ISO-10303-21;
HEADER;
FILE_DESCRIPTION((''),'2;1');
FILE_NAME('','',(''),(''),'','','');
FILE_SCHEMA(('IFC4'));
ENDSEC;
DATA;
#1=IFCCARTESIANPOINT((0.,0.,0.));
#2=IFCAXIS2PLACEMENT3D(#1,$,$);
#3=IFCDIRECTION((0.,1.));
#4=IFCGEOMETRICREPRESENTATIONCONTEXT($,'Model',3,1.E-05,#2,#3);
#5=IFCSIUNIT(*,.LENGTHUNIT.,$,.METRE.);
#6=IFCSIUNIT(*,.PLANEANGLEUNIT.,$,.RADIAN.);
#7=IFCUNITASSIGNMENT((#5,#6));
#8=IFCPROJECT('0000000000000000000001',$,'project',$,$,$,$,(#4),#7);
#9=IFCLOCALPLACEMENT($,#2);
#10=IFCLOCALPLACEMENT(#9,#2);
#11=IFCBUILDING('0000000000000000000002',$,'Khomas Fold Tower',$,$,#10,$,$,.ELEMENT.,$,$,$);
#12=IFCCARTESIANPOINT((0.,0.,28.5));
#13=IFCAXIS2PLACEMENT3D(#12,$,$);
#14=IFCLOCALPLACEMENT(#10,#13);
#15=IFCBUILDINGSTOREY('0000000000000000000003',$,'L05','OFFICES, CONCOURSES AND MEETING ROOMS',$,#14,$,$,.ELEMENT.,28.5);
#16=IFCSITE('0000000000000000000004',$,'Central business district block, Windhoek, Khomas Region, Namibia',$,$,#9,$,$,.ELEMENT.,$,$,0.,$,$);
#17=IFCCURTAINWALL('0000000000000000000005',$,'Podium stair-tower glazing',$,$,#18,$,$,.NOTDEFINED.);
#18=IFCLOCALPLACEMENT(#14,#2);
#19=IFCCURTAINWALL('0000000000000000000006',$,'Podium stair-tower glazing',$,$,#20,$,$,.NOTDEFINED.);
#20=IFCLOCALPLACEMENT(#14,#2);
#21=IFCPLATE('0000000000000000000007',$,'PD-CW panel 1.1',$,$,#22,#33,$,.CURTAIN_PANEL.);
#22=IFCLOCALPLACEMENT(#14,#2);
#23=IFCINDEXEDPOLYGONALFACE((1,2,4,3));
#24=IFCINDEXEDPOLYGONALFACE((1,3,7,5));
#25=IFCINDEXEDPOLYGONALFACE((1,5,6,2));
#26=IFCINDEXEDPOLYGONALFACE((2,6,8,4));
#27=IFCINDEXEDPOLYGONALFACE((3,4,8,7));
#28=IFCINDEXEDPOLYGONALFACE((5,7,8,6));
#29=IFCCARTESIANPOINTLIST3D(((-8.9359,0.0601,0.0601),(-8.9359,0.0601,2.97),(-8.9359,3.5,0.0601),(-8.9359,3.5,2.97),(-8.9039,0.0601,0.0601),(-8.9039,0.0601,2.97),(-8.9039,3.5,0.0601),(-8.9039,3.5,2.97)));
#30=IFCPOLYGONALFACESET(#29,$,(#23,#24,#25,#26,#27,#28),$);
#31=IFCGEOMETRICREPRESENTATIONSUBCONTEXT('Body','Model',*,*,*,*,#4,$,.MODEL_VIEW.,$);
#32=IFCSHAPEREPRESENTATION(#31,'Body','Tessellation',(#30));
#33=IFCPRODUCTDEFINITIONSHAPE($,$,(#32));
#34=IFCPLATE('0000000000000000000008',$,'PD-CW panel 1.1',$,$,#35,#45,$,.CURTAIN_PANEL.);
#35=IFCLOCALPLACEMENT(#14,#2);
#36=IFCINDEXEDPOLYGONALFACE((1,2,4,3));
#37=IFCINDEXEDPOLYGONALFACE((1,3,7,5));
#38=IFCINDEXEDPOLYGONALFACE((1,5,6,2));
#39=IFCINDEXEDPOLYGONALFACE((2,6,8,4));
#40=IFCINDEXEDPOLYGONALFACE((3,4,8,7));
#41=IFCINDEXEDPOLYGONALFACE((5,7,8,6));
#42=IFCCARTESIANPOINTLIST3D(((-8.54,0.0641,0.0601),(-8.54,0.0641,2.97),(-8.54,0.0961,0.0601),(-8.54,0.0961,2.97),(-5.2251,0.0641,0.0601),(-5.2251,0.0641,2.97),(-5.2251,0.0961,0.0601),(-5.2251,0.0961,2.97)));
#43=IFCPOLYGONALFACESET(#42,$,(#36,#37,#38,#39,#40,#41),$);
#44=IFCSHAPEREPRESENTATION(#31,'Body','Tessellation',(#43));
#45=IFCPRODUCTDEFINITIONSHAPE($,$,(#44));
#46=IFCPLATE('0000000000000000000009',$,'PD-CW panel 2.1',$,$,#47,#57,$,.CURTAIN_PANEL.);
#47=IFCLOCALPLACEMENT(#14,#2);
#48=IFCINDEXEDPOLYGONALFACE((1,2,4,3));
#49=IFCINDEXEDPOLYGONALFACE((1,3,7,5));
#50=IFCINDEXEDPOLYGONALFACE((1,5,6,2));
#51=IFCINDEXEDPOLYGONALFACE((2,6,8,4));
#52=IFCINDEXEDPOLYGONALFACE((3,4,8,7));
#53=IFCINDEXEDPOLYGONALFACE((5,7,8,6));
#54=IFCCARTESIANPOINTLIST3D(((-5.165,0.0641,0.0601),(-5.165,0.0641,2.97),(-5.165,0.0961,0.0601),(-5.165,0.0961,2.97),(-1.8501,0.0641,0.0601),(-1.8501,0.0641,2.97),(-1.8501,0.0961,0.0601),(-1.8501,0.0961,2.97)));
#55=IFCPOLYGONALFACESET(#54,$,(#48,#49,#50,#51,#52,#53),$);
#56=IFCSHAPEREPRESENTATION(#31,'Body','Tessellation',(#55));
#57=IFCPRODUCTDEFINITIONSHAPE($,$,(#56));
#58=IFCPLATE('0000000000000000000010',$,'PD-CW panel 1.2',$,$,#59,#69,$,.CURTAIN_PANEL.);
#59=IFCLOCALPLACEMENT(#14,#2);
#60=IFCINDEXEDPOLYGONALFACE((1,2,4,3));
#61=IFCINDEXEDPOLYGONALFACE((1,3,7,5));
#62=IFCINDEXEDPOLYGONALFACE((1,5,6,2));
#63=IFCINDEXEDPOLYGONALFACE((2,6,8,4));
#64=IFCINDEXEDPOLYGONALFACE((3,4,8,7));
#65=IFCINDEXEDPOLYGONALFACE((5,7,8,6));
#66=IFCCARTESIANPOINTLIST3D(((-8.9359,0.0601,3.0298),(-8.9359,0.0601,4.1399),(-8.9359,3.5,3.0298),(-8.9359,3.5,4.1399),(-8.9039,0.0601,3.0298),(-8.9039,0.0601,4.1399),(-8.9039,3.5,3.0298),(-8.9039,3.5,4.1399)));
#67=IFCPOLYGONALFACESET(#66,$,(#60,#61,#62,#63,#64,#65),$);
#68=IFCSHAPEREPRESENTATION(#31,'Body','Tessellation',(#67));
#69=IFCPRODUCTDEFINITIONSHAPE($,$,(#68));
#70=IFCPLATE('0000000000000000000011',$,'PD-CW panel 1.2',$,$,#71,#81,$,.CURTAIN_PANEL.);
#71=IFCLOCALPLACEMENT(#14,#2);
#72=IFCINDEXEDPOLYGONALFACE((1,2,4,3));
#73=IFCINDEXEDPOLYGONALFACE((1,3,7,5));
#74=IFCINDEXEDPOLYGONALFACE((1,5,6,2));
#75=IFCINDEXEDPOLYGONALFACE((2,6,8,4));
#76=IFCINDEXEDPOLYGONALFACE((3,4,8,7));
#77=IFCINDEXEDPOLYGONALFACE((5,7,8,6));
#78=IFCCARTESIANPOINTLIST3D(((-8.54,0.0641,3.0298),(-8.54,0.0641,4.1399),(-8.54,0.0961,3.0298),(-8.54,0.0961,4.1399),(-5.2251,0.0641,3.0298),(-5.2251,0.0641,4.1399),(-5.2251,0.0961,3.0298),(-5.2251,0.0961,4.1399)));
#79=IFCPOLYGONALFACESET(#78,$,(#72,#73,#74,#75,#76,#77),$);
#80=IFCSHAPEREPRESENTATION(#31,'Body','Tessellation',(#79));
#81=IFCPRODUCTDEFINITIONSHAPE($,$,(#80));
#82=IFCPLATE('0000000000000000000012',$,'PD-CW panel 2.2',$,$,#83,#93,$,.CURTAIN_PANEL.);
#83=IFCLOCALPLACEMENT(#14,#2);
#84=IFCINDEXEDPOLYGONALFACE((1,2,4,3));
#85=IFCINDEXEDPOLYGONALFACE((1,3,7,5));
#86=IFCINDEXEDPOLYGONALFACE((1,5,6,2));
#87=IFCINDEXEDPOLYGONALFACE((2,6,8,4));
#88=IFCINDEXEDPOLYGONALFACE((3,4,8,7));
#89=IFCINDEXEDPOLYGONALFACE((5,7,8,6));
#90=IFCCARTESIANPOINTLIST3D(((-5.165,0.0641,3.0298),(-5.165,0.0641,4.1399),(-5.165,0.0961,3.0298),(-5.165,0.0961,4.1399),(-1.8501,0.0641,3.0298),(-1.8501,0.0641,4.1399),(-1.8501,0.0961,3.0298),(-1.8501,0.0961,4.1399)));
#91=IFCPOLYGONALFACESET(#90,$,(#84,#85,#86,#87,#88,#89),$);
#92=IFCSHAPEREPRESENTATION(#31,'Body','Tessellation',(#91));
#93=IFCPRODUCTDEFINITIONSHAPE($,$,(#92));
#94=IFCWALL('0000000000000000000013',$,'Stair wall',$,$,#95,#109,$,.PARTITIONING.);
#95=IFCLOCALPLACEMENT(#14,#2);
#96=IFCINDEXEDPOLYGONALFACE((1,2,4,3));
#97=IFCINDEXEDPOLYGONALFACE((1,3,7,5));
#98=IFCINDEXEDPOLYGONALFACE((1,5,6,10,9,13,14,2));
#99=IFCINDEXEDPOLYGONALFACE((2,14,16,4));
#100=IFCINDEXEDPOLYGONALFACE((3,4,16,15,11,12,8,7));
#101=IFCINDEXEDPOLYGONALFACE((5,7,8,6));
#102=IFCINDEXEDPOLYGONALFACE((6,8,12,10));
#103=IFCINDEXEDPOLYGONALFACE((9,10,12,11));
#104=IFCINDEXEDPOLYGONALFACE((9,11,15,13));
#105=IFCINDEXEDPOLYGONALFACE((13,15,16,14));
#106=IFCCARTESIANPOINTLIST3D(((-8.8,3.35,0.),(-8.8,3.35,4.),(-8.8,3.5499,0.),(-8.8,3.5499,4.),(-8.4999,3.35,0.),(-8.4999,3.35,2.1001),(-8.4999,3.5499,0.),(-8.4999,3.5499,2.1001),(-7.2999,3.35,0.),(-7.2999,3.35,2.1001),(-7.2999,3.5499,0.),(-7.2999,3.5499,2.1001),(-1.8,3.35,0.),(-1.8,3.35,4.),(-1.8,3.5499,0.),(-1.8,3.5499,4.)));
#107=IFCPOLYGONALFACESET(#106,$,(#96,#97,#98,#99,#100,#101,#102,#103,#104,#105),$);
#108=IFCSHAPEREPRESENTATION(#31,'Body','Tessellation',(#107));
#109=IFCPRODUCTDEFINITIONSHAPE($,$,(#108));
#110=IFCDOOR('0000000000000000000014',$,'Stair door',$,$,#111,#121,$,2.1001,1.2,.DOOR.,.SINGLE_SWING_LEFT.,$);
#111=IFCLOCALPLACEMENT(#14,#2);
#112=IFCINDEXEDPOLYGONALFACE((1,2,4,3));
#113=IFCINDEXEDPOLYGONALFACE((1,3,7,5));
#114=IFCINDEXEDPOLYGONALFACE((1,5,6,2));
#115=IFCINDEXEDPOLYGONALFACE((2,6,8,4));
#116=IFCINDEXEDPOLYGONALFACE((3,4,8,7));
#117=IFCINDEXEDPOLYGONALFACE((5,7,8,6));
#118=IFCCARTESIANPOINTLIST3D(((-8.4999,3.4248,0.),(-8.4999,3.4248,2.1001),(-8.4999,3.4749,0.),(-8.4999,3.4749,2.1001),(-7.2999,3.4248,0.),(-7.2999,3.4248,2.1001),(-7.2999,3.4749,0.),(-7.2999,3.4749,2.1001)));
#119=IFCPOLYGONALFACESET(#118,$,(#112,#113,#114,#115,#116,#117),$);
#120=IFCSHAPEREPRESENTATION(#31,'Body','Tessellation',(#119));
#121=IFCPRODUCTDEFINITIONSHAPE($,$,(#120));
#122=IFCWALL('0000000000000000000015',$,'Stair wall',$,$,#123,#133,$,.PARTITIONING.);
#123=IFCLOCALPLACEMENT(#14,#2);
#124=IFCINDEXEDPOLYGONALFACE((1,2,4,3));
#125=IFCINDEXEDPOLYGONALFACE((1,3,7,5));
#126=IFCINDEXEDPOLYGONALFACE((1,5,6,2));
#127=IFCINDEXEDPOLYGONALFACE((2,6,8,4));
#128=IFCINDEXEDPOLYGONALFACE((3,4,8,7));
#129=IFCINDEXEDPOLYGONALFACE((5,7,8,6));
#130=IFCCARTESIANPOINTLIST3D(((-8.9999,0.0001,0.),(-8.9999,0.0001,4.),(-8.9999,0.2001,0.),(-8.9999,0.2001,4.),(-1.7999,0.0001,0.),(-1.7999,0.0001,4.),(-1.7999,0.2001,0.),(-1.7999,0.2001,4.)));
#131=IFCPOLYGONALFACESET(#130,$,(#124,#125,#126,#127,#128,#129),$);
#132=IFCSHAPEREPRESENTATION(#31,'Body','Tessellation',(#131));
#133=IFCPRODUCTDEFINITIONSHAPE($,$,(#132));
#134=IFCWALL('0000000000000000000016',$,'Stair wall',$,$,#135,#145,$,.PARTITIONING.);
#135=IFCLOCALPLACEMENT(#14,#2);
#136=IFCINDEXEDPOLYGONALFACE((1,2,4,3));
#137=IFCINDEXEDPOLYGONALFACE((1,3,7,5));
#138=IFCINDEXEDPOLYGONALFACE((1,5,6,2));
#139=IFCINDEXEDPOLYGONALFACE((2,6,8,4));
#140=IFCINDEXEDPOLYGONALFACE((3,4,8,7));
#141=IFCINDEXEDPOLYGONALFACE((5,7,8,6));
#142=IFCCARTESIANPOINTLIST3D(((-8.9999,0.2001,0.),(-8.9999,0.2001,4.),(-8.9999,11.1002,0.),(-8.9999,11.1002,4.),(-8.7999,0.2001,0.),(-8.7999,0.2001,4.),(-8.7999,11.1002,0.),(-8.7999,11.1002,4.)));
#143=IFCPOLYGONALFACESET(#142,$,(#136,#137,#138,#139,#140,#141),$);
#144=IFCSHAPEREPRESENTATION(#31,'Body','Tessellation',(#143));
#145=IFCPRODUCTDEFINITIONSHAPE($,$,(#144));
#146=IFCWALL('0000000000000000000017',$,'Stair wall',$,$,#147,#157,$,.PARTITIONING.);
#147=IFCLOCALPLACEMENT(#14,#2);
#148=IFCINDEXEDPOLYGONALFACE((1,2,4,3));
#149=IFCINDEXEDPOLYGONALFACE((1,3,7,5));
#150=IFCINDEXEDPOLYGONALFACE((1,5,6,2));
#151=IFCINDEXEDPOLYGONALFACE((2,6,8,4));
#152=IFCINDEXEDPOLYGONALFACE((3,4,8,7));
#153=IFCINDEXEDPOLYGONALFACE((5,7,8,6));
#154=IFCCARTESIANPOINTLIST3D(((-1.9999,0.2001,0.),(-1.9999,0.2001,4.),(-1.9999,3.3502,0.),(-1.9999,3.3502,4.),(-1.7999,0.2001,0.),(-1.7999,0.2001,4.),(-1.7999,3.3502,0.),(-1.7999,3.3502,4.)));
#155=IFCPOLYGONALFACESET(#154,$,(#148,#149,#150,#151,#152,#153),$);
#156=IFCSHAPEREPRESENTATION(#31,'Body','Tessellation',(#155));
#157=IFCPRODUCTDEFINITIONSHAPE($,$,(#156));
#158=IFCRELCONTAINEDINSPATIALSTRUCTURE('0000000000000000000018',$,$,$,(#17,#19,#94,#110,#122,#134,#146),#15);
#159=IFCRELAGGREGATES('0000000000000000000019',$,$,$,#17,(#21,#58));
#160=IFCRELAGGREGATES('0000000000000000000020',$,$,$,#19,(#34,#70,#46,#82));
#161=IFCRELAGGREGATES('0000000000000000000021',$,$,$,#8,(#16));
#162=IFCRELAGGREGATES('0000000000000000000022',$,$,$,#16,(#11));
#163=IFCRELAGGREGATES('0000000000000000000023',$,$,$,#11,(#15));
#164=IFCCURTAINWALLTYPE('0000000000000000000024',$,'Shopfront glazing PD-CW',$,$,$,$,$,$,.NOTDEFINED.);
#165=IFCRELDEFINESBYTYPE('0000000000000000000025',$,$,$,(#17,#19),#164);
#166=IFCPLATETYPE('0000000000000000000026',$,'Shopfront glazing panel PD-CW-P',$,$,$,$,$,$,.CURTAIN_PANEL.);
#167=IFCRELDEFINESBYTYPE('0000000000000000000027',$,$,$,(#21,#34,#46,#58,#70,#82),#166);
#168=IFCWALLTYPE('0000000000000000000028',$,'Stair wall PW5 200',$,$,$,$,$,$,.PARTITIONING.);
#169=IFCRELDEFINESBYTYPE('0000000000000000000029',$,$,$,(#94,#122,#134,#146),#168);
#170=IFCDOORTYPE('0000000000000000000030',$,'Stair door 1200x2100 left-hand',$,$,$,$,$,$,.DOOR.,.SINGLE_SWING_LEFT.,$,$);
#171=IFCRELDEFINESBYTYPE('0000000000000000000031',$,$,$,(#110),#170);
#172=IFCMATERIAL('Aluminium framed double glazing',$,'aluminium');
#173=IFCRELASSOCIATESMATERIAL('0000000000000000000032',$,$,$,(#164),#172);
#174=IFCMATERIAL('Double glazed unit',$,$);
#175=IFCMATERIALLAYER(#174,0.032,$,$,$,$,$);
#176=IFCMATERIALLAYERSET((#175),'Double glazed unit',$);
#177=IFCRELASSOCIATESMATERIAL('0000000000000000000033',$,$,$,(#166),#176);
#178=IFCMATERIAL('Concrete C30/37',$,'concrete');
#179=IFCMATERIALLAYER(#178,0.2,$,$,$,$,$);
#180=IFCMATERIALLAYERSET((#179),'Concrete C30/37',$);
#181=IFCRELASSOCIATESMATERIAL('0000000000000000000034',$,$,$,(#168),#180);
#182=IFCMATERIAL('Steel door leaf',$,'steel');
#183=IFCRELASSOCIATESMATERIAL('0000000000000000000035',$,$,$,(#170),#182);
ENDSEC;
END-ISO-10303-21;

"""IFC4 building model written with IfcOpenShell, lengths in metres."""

from ifc_helpers import new_model, si_unit, direction, frame, frame_2d, origin, origin_2d, place, context, subcontext, project, spatial, rectangle, extrude, source, transform, mapped, material, layer, layer_set, type_object, element, fill, aggregate, save


model = new_model("IFC4")

# Units and contexts
model_context = context("Model", 3, precision=1e-05, world=origin(), true_north=direction((0.0, 1.0)))
body_context = subcontext(model_context, "Body", "Model", "MODEL_VIEW")
ifc_project = project(units=[si_unit("LENGTHUNIT", "METRE"), si_unit("PLANEANGLEUNIT", "RADIAN")], contexts=[model_context])

# Site, building, storey
site_placement = place(None, origin())
site = spatial("IfcSite", under=ifc_project, at=site_placement, Name="Central business district block, Windhoek, Khomas Region, Namibia", CompositionType="ELEMENT", RefElevation=0.0)
building_placement = place(site_placement, origin())
building = spatial("IfcBuilding", under=site, at=building_placement, Name="Khomas Fold Tower", CompositionType="ELEMENT")
storey_placement = place(building_placement, frame((0.0, 0.0, 28.5)))
storey = spatial("IfcBuildingStorey", under=building, at=storey_placement, Name="L05", Description="OFFICES, CONCOURSES AND MEETING ROOMS", CompositionType="ELEMENT", Elevation=28.5)

# Curtain wall
ifc_material_1 = material(Name="Aluminium framed double glazing", Category="aluminium")
curtain_wall_type = type_object("IfcCurtainWallType", Name="Shopfront glazing PD-CW", PredefinedType="NOTDEFINED", material=ifc_material_1)
curtain_wall_1_placement = place(storey_placement, origin())
curtain_wall_1 = element("IfcCurtainWall", 1, at=curtain_wall_1_placement, inside=storey, type_object=curtain_wall_type, Name="Podium stair-tower glazing", PredefinedType="NOTDEFINED")

# Curtain wall
curtain_wall_2_placement = place(storey_placement, origin())
curtain_wall_2 = element("IfcCurtainWall", 2, at=curtain_wall_2_placement, inside=storey, type_object=curtain_wall_type, Name="Podium stair-tower glazing", PredefinedType="NOTDEFINED")

# Plates
ifc_material_2 = material(Name="Double glazed unit")
ifc_layer_1 = layer(ifc_material_2, 0.032)
ifc_layer_set_1 = layer_set([ifc_layer_1], Name="Double glazed unit")
plate_type = type_object("IfcPlateType", Name="Shopfront glazing panel PD-CW-P", PredefinedType="CURTAIN_PANEL", material=ifc_layer_set_1)
shared_shape_1 = source(origin(), body_context, "Body", "SweptSolid", [
    extrude(rectangle(XDim=3.4399, YDim=0.032, at=origin_2d()), origin(), (0.0, 0.0, 1.0), 2.9099),
])
plate_1_placement = place(storey_placement, frame((-8.9199, 1.78, 0.0601), z_axis=(0.0, 0.0, 1.0), x_axis=(0.0, -1.0, 0.0)))
plate_1 = element("IfcPlate", 3, at=plate_1_placement, type_object=plate_type, Name="PD-CW panel 1.1", PredefinedType="CURTAIN_PANEL", context=body_context, shape_type="MappedRepresentation", body=[
    mapped(shared_shape_1, transform((0.0, 0.0, 0.0))),
])
shared_shape_2 = source(origin(), body_context, "Body", "SweptSolid", [
    extrude(rectangle(XDim=3.3149, YDim=0.032, at=origin_2d()), origin(), (0.0, 0.0, 1.0), 2.9099),
])
plate_2_placement = place(storey_placement, frame((-6.8826, 0.0801, 0.0601), z_axis=(0.0, 0.0, 1.0), x_axis=(1.0, 0.0, 0.0)))
plate_2 = element("IfcPlate", 4, at=plate_2_placement, type_object=plate_type, Name="PD-CW panel 1.1", PredefinedType="CURTAIN_PANEL", context=body_context, shape_type="MappedRepresentation", body=[
    mapped(shared_shape_2, transform((0.0, 0.0, 0.0))),
])
plate_3_placement = place(storey_placement, frame((-3.5076, 0.0801, 0.0601), z_axis=(0.0, 0.0, 1.0), x_axis=(1.0, 0.0, 0.0)))
plate_3 = element("IfcPlate", 5, at=plate_3_placement, type_object=plate_type, Name="PD-CW panel 2.1", PredefinedType="CURTAIN_PANEL", context=body_context, shape_type="MappedRepresentation", body=[
    mapped(shared_shape_2, transform((0.0, 0.0, 0.0))),
])
shared_shape_3 = source(origin(), body_context, "Body", "SweptSolid", [
    extrude(rectangle(XDim=3.4399, YDim=0.032, at=origin_2d()), origin(), (0.0, 0.0, 1.0), 1.1101),
])
plate_4_placement = place(storey_placement, frame((-8.9199, 1.78, 3.0298), z_axis=(0.0, 0.0, 1.0), x_axis=(0.0, -1.0, 0.0)))
plate_4 = element("IfcPlate", 6, at=plate_4_placement, type_object=plate_type, Name="PD-CW panel 1.2", PredefinedType="CURTAIN_PANEL", context=body_context, shape_type="MappedRepresentation", body=[
    mapped(shared_shape_3, transform((0.0, 0.0, 0.0))),
])
aggregate(curtain_wall_1, [plate_1, plate_4])
shared_shape_4 = source(origin(), body_context, "Body", "SweptSolid", [
    extrude(rectangle(XDim=3.3149, YDim=0.032, at=origin_2d()), origin(), (0.0, 0.0, 1.0), 1.1101),
])
plate_5_placement = place(storey_placement, frame((-6.8826, 0.0801, 3.0298), z_axis=(0.0, 0.0, 1.0), x_axis=(1.0, 0.0, 0.0)))
plate_5 = element("IfcPlate", 7, at=plate_5_placement, type_object=plate_type, Name="PD-CW panel 1.2", PredefinedType="CURTAIN_PANEL", context=body_context, shape_type="MappedRepresentation", body=[
    mapped(shared_shape_4, transform((0.0, 0.0, 0.0))),
])
plate_6_placement = place(storey_placement, frame((-3.5076, 0.0801, 3.0298), z_axis=(0.0, 0.0, 1.0), x_axis=(1.0, 0.0, 0.0)))
plate_6 = element("IfcPlate", 8, at=plate_6_placement, type_object=plate_type, Name="PD-CW panel 2.2", PredefinedType="CURTAIN_PANEL", context=body_context, shape_type="MappedRepresentation", body=[
    mapped(shared_shape_4, transform((0.0, 0.0, 0.0))),
])
aggregate(curtain_wall_2, [plate_2, plate_5, plate_3, plate_6])

# Wall, opening, door
ifc_material_3 = material(Name="Concrete C30/37", Category="concrete")
ifc_layer_2 = layer(ifc_material_3, 0.2)
ifc_layer_set_2 = layer_set([ifc_layer_2], Name="Concrete C30/37")
wall_type = type_object("IfcWallType", Name="Stair wall PW5 200", PredefinedType="PARTITIONING", material=ifc_layer_set_2)
shared_shape_5 = source(origin(), body_context, "Body", "SweptSolid", [
    extrude(rectangle(XDim=7.0, YDim=0.2, at=frame_2d((3.5, 0.0))), origin(), (0.0, 0.0, 1.0), 4.0),
])
wall_1_placement = place(storey_placement, frame((-8.8, 3.45, 0.0), z_axis=(0.0, 0.0, 1.0), x_axis=(1.0, 0.0, 0.0)))
wall_1 = element("IfcWall", 9, at=wall_1_placement, inside=storey, type_object=wall_type, Name="Stair wall", PredefinedType="PARTITIONING", context=body_context, shape_type="MappedRepresentation", body=[
    mapped(shared_shape_5, transform((0.0, 0.0, 0.0))),
])
shared_shape_6 = source(origin(), body_context, "Body", "SweptSolid", [
    extrude(rectangle(XDim=1.2, YDim=2.1001, at=frame_2d((0.6001, 1.05))), frame((0.0, 0.1099, 0.0), z_axis=(0.0, -1.0, 0.0), x_axis=(1.0, 0.0, 0.0)), (0.0, 0.0, 1.0), 0.22),
])
opening_placement = place(wall_1_placement, frame((0.3, 0.0, 0.0)))
opening = element("IfcOpeningElement", 10, at=opening_placement, cuts=wall_1, PredefinedType="OPENING", context=body_context, shape_type="MappedRepresentation", body=[
    mapped(shared_shape_6, transform((0.0, 0.0, 0.0))),
])
ifc_material_4 = material(Name="Steel door leaf", Category="steel")
door_type = type_object("IfcDoorType", Name="Stair door 1200x2100 left-hand", OperationType="SINGLE_SWING_LEFT", PredefinedType="DOOR", material=ifc_material_4)
shared_shape_7 = source(origin(), body_context, "Body", "SweptSolid", [
    extrude(rectangle(XDim=1.2, YDim=2.1001, at=frame_2d((0.6001, 1.05))), frame((0.0, 0.0249, 0.0), z_axis=(0.0, -1.0, 0.0), x_axis=(1.0, 0.0, 0.0)), (0.0, 0.0, 1.0), 0.05),
])
door_placement = place(opening_placement, origin())
door = element("IfcDoor", 11, at=door_placement, inside=storey, type_object=door_type, Name="Stair door", OperationType="SINGLE_SWING_LEFT", OverallHeight=2.1001, OverallWidth=1.2, PredefinedType="DOOR", context=body_context, shape_type="MappedRepresentation", body=[
    mapped(shared_shape_7, transform((0.0, 0.0, 0.0))),
])
fill(opening, door)

# Walls
shared_shape_8 = source(origin(), body_context, "Body", "SweptSolid", [
    extrude(rectangle(XDim=7.2, YDim=0.2, at=frame_2d((3.6001, 0.0))), origin(), (0.0, 0.0, 1.0), 4.0),
])
wall_2_placement = place(storey_placement, frame((-9.0, 0.1001, 0.0), z_axis=(0.0, 0.0, 1.0), x_axis=(1.0, 0.0, 0.0)))
element("IfcWall", 12, at=wall_2_placement, inside=storey, type_object=wall_type, Name="Stair wall", PredefinedType="PARTITIONING", context=body_context, shape_type="MappedRepresentation", body=[
    mapped(shared_shape_8, transform((0.0, 0.0, 0.0))),
])
shared_shape_9 = source(origin(), body_context, "Body", "SweptSolid", [
    extrude(rectangle(XDim=10.9001, YDim=0.2, at=frame_2d((5.4502, 0.0))), origin(), (0.0, 0.0, 1.0), 4.0),
])
wall_3_placement = place(storey_placement, frame((-8.8999, 0.2, 0.0), z_axis=(0.0, 0.0, 1.0), x_axis=(0.0, 1.0, 0.0)))
element("IfcWall", 13, at=wall_3_placement, inside=storey, type_object=wall_type, Name="Stair wall", PredefinedType="PARTITIONING", context=body_context, shape_type="MappedRepresentation", body=[
    mapped(shared_shape_9, transform((0.0, 0.0, 0.0))),
])
shared_shape_10 = source(origin(), body_context, "Body", "SweptSolid", [
    extrude(rectangle(XDim=3.1501, YDim=0.2, at=frame_2d((1.5752, 0.0))), origin(), (0.0, 0.0, 1.0), 4.0),
])
wall_4_placement = place(storey_placement, frame((-1.8999, 0.2, 0.0), z_axis=(0.0, 0.0, 1.0), x_axis=(0.0, 1.0, 0.0)))
element("IfcWall", 14, at=wall_4_placement, inside=storey, type_object=wall_type, Name="Stair wall", PredefinedType="PARTITIONING", context=body_context, shape_type="MappedRepresentation", body=[
    mapped(shared_shape_10, transform((0.0, 0.0, 0.0))),
])

save(model, "model.ifc")
